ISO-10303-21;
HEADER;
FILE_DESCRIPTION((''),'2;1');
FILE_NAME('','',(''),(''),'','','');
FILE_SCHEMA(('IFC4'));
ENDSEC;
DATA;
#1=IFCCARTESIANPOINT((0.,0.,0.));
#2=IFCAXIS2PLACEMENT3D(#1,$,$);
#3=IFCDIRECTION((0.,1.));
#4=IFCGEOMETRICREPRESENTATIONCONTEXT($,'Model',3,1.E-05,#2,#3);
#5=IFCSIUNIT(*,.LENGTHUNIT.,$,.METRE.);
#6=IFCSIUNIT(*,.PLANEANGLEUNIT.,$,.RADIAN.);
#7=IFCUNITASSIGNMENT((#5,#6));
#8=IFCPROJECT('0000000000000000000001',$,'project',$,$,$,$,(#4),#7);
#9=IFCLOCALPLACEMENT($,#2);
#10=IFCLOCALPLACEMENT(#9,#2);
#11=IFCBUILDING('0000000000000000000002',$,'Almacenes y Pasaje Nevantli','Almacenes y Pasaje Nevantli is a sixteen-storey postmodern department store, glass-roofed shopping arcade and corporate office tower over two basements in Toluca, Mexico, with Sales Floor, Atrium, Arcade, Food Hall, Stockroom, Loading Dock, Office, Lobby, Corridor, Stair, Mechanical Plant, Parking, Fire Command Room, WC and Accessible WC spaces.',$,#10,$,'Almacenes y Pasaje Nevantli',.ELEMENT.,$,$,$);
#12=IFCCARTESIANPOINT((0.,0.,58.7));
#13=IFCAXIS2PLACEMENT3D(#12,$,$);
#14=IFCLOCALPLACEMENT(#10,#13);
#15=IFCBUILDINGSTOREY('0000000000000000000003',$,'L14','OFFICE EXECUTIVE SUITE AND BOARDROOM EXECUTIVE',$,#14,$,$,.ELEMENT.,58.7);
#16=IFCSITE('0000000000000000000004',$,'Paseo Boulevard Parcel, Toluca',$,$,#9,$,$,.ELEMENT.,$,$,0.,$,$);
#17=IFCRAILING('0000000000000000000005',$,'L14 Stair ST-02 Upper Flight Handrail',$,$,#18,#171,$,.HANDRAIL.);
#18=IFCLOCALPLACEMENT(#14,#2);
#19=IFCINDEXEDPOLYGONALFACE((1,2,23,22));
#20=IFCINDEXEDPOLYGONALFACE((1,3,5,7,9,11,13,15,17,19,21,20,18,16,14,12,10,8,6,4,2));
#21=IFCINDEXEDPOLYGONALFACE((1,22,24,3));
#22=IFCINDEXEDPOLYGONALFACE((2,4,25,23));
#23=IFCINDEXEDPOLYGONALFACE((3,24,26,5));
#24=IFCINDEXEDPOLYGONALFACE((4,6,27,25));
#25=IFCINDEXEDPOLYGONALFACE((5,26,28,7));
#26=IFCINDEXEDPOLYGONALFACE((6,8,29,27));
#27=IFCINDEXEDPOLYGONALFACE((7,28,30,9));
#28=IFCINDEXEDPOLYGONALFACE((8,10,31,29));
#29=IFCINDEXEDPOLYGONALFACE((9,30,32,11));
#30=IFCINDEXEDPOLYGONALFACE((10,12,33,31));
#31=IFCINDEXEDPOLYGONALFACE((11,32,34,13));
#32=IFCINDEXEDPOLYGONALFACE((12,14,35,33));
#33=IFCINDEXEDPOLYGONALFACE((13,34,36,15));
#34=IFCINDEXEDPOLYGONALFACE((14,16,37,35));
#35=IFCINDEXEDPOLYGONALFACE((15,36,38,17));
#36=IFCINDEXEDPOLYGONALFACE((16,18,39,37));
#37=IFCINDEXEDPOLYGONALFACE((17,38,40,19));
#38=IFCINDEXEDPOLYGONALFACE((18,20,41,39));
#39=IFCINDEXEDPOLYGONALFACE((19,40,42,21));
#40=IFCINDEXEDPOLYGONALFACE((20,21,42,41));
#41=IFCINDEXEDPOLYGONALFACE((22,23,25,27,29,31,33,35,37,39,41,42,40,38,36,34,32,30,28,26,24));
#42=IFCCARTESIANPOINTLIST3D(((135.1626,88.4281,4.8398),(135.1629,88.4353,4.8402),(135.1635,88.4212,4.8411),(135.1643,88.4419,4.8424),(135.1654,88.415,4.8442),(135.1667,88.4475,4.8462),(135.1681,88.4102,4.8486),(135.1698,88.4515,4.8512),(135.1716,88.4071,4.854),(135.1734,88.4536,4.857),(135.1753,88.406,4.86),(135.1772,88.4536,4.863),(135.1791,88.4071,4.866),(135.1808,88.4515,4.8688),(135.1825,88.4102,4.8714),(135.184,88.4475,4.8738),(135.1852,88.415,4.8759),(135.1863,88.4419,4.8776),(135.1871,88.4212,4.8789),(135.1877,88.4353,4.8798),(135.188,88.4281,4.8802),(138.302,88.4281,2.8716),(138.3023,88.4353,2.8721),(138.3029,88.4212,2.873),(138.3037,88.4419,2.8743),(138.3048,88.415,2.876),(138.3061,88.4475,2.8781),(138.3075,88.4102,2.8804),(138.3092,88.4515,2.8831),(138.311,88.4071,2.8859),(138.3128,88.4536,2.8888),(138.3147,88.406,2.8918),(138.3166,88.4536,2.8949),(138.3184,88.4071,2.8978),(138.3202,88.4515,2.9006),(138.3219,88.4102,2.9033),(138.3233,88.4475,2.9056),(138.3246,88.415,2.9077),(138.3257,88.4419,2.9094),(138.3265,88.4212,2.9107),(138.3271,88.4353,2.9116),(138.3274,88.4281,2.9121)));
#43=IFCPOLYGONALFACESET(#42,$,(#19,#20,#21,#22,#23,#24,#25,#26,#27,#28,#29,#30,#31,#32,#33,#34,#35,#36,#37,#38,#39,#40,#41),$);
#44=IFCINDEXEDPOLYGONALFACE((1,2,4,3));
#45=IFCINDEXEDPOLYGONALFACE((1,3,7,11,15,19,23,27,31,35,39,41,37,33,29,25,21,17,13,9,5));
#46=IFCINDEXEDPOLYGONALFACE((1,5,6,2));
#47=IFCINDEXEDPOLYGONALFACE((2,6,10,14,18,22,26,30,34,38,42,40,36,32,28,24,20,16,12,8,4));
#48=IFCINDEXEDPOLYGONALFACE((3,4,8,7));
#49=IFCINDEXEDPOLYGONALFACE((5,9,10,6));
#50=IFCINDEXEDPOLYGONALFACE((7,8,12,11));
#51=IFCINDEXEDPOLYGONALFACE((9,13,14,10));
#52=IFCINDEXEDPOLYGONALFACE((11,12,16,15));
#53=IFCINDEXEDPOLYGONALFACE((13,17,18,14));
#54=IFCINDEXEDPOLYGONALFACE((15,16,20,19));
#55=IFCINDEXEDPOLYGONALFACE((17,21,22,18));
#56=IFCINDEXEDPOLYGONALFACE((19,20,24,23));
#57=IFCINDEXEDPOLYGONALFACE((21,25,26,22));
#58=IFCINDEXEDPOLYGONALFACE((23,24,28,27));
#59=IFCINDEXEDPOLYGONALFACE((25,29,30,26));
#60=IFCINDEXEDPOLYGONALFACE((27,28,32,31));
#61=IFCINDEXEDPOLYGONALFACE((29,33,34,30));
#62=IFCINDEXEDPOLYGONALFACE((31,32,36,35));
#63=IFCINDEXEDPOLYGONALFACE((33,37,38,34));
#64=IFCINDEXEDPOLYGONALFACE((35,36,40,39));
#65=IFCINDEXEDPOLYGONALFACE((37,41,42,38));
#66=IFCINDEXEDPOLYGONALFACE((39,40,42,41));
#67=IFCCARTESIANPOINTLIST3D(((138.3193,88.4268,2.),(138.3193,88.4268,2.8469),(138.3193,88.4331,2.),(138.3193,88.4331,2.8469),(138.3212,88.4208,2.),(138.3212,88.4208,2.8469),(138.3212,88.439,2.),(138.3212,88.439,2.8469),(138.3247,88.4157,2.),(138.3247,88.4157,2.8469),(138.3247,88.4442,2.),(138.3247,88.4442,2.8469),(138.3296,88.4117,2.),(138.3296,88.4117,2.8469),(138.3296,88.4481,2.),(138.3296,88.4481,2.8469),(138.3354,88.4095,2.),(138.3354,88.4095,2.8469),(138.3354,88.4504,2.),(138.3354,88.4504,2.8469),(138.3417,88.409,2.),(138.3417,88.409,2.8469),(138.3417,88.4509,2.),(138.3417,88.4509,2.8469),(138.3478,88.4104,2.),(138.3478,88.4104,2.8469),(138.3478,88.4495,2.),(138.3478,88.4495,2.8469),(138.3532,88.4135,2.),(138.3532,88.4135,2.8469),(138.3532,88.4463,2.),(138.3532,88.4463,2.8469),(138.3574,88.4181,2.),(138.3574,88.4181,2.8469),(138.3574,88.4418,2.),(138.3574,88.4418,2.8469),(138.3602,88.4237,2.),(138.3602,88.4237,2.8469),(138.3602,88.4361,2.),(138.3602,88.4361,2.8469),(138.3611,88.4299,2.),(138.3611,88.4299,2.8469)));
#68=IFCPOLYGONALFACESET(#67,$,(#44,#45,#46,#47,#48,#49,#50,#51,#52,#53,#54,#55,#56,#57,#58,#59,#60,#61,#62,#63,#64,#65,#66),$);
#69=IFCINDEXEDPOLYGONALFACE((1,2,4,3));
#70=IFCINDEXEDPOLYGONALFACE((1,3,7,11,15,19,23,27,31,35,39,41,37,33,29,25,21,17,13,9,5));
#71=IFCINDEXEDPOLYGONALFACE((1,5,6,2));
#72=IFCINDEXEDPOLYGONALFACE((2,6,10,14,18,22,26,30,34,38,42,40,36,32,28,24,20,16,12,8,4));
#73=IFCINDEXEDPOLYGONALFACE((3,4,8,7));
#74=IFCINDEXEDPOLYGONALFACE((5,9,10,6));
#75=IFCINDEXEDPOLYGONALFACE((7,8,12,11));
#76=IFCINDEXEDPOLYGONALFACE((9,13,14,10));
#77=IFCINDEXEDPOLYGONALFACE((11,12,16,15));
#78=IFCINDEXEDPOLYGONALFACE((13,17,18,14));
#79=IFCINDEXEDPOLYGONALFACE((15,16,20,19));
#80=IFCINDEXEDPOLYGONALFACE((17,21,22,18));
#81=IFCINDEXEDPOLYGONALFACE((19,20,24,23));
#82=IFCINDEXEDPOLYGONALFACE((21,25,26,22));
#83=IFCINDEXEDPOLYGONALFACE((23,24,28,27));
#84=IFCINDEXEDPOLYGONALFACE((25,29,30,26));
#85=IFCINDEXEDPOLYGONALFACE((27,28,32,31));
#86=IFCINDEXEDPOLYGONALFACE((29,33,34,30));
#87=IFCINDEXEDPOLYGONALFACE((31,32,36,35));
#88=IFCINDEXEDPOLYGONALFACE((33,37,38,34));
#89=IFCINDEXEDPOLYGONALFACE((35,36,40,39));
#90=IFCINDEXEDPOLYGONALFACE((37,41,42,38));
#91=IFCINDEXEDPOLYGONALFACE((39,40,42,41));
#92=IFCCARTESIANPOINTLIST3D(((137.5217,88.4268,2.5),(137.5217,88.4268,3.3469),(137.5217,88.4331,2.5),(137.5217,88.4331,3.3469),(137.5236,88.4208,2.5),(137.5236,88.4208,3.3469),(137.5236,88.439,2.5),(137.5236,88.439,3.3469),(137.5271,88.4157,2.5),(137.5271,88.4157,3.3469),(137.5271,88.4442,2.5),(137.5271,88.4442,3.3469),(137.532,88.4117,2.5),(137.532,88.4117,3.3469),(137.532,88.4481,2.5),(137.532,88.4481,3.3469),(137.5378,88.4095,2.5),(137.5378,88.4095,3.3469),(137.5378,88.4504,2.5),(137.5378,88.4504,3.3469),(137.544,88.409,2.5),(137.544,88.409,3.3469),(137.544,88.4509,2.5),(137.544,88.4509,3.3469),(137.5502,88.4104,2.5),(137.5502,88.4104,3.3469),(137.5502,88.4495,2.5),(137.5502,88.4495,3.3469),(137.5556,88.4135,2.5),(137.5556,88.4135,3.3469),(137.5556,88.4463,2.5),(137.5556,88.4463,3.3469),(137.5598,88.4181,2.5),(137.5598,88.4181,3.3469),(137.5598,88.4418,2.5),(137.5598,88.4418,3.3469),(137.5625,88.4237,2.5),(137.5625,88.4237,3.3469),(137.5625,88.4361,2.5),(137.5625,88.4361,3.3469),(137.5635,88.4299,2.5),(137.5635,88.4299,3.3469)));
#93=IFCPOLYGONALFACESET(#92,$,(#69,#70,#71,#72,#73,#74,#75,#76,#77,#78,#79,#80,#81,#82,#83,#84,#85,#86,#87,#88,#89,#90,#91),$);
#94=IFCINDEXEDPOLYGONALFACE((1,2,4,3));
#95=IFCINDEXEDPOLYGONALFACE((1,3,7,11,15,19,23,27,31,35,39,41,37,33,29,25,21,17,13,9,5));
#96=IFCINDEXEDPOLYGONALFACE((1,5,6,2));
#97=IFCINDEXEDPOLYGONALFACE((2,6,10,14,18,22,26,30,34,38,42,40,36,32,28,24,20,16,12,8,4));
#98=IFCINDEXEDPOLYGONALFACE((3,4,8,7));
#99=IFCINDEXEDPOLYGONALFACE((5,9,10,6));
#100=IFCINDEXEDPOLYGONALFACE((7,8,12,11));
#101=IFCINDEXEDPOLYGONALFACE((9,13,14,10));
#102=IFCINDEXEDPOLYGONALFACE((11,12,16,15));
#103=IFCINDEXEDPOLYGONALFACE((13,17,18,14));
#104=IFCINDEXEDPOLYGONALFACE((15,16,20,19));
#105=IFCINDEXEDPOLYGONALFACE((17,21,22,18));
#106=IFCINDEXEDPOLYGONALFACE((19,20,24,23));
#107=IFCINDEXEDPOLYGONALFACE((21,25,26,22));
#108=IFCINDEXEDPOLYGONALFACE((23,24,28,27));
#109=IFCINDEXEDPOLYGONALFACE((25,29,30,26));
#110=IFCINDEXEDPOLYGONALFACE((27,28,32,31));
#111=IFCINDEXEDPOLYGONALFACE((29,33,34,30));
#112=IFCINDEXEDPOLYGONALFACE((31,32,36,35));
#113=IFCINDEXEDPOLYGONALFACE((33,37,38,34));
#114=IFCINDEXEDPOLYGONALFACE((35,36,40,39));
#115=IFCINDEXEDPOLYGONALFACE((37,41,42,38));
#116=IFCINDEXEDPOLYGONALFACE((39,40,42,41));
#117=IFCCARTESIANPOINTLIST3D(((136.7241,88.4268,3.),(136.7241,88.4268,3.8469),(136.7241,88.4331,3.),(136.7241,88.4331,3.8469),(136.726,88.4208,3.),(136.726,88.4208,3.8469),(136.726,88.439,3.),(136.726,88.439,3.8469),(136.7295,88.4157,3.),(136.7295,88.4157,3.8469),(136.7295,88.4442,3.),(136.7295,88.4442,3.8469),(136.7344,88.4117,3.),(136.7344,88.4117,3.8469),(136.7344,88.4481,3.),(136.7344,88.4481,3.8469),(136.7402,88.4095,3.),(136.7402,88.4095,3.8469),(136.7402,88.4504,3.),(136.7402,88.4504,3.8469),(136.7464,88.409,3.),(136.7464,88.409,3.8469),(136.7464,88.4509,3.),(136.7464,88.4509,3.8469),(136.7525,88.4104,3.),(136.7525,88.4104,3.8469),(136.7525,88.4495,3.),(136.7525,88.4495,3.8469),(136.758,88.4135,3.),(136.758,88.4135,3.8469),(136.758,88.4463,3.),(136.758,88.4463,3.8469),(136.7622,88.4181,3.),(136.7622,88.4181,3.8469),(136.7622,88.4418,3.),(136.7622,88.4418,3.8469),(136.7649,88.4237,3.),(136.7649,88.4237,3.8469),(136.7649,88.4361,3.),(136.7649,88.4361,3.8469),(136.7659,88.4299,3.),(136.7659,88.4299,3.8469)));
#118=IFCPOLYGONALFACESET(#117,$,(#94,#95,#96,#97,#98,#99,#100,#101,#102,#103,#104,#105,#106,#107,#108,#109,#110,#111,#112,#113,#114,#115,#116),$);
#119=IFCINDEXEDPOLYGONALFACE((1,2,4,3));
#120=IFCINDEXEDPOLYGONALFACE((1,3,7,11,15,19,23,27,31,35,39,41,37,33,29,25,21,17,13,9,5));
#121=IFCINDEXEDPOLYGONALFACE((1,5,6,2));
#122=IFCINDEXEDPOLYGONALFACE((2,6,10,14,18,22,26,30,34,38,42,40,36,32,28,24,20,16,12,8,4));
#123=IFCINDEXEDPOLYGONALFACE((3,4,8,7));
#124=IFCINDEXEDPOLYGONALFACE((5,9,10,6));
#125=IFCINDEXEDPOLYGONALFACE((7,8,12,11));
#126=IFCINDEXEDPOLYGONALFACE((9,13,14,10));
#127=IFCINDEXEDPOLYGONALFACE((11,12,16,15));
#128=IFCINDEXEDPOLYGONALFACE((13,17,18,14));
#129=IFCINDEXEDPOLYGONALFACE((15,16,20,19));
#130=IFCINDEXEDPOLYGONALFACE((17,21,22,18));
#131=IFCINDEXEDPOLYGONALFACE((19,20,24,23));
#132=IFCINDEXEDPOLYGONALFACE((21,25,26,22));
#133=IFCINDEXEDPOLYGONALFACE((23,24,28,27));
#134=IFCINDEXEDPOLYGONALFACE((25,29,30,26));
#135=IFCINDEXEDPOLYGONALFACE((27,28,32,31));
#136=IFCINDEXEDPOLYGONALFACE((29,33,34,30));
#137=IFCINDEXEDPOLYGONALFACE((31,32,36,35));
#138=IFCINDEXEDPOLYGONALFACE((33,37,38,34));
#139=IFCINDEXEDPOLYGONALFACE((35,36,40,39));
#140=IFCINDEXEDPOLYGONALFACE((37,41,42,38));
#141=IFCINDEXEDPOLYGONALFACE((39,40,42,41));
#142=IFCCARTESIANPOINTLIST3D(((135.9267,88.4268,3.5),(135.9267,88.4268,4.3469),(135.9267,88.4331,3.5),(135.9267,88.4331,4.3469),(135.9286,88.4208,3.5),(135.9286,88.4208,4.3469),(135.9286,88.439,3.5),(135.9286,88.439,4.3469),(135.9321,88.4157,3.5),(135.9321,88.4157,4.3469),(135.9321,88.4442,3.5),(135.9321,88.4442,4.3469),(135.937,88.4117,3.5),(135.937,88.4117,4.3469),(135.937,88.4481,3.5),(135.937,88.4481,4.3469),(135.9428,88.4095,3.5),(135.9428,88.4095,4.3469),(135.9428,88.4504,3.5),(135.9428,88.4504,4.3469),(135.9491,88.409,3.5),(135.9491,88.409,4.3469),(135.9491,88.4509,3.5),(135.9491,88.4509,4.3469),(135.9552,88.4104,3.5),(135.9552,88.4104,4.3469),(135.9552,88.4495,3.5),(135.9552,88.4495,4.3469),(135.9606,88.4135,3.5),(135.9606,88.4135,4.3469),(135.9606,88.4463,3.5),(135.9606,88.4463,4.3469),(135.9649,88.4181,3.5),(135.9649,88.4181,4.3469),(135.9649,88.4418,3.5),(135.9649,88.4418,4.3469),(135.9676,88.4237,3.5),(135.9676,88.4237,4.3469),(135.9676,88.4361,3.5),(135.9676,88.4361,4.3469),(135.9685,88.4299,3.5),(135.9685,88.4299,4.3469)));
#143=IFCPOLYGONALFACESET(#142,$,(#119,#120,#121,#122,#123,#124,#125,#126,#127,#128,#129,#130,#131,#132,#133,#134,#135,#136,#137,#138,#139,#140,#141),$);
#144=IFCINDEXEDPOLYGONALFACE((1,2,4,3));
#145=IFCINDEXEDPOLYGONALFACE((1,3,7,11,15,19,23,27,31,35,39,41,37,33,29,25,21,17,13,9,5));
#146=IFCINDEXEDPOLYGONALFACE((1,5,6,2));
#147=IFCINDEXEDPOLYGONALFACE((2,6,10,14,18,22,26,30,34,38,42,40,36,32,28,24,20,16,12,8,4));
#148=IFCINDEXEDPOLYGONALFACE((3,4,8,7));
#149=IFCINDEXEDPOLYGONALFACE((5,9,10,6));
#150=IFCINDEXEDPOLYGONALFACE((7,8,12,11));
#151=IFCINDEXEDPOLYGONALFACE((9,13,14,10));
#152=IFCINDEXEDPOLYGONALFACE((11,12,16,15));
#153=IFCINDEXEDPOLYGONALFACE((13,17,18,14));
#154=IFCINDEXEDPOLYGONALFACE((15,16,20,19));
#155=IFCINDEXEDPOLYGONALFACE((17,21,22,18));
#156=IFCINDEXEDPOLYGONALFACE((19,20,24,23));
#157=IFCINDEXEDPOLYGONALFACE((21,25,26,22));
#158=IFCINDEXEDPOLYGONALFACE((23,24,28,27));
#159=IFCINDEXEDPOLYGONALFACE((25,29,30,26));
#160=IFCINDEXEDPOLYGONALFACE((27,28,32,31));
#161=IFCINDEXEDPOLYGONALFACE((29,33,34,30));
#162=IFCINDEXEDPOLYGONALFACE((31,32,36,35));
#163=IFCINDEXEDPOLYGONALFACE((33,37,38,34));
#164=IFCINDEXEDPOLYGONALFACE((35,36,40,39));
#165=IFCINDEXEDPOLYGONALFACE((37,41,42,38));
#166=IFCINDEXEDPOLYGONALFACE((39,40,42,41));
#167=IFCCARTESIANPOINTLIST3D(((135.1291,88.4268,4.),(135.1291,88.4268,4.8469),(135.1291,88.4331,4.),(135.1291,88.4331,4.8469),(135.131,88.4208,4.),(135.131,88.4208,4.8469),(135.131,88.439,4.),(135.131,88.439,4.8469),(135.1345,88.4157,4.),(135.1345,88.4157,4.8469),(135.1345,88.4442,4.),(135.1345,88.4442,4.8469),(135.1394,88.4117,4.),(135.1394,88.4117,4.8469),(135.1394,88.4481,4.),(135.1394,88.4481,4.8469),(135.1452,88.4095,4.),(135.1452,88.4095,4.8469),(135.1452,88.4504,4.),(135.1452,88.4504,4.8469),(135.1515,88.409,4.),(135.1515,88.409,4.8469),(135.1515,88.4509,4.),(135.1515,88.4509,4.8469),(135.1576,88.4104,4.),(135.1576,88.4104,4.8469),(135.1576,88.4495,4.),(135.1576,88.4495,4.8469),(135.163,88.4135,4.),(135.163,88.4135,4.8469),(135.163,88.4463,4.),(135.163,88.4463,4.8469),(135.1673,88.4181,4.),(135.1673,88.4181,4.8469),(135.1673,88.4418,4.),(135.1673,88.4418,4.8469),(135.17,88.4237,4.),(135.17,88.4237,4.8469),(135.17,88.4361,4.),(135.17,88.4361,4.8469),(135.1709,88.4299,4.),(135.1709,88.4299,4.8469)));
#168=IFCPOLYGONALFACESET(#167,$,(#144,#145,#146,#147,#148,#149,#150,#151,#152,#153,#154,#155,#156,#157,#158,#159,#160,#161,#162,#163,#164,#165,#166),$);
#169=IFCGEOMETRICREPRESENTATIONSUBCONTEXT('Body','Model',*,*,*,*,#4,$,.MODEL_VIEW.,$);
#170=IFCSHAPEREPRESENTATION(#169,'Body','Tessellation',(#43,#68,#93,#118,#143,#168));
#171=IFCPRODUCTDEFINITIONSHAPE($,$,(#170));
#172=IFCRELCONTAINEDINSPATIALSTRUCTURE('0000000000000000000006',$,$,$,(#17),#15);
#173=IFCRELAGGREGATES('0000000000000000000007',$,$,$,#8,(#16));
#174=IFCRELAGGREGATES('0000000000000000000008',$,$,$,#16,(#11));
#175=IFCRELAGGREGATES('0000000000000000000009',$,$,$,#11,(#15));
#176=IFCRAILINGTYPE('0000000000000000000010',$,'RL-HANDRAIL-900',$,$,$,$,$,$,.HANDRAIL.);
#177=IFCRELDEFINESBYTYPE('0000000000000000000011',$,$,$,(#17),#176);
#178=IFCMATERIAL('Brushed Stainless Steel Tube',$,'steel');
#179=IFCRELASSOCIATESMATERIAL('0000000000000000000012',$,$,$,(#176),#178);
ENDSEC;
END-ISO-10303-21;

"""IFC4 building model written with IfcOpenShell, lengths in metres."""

from ifc_helpers import new_model, si_unit, direction, frame, origin, origin_2d, place, context, subcontext, project, spatial, circle, extrude, material, type_object, element, save


model = new_model("IFC4")

# Units and contexts
model_context = context("Model", 3, precision=1e-05, world=origin(), true_north=direction((0.0, 1.0)))
body_context = subcontext(model_context, "Body", "Model", "MODEL_VIEW")
ifc_project = project(units=[si_unit("LENGTHUNIT", "METRE"), si_unit("PLANEANGLEUNIT", "RADIAN")], contexts=[model_context])

# Site, building, storey
site_placement = place(None, origin())
site = spatial("IfcSite", under=ifc_project, at=site_placement, Name="Paseo Boulevard Parcel, Toluca", CompositionType="ELEMENT", RefElevation=0.0)
building_placement = place(site_placement, origin())
building = spatial("IfcBuilding", under=site, at=building_placement, Name="Almacenes y Pasaje Nevantli", Description="Almacenes y Pasaje Nevantli is a sixteen-storey postmodern department store, glass-roofed shopping arcade and corporate office tower over two basements in Toluca, Mexico, with Sales Floor, Atrium, Arcade, Food Hall, Stockroom, Loading Dock, Office, Lobby, Corridor, Stair, Mechanical Plant, Parking, Fire Command Room, WC and Accessible WC spaces.", LongName="Almacenes y Pasaje Nevantli", CompositionType="ELEMENT")
storey_placement = place(building_placement, frame((0.0, 0.0, 58.7)))
storey = spatial("IfcBuildingStorey", under=building, at=storey_placement, Name="L14", Description="OFFICE EXECUTIVE SUITE AND BOARDROOM EXECUTIVE", CompositionType="ELEMENT", Elevation=58.7)

# Railing
ifc_material_1 = material(Name="Brushed Stainless Steel Tube", Category="steel")
railing_type_1 = type_object("IfcRailingType", Name="RL-HANDRAIL-900", PredefinedType="HANDRAIL", material=ifc_material_1)
railing_1_placement = place(storey_placement, frame((138.3401, 88.4299, 2.0)))
element("IfcRailing", 1, at=railing_1_placement, inside=storey, type_object=railing_type_1, Name="L14 Stair ST-02 Upper Flight Handrail", PredefinedType="HANDRAIL", context=body_context, shape_type="SweptSolid", body=[
    extrude(circle(Radius=0.0239, at=origin_2d()), frame((-0.0254, 0.0, 0.8918), z_axis=(-0.847265, 0.0, 0.53117), x_axis=(0.0, -1.0, 0.0)), (0.0, 0.0, 1.0), 3.7053),
    extrude(circle(Radius=0.021, at=origin_2d()), origin(), (0.0, 0.0, 1.0), 0.8469),
    extrude(circle(Radius=0.021, at=origin_2d()), frame((-0.7976, 0.0, 0.5)), (0.0, 0.0, 1.0), 0.8469),
    extrude(circle(Radius=0.021, at=origin_2d()), frame((-1.5952, 0.0, 1.0)), (0.0, 0.0, 1.0), 0.8469),
    extrude(circle(Radius=0.021, at=origin_2d()), frame((-2.3926, 0.0, 1.5)), (0.0, 0.0, 1.0), 0.8469),
    extrude(circle(Radius=0.021, at=origin_2d()), frame((-3.1902, 0.0, 2.0)), (0.0, 0.0, 1.0), 0.8469),
])

save(model, "model.ifc")
